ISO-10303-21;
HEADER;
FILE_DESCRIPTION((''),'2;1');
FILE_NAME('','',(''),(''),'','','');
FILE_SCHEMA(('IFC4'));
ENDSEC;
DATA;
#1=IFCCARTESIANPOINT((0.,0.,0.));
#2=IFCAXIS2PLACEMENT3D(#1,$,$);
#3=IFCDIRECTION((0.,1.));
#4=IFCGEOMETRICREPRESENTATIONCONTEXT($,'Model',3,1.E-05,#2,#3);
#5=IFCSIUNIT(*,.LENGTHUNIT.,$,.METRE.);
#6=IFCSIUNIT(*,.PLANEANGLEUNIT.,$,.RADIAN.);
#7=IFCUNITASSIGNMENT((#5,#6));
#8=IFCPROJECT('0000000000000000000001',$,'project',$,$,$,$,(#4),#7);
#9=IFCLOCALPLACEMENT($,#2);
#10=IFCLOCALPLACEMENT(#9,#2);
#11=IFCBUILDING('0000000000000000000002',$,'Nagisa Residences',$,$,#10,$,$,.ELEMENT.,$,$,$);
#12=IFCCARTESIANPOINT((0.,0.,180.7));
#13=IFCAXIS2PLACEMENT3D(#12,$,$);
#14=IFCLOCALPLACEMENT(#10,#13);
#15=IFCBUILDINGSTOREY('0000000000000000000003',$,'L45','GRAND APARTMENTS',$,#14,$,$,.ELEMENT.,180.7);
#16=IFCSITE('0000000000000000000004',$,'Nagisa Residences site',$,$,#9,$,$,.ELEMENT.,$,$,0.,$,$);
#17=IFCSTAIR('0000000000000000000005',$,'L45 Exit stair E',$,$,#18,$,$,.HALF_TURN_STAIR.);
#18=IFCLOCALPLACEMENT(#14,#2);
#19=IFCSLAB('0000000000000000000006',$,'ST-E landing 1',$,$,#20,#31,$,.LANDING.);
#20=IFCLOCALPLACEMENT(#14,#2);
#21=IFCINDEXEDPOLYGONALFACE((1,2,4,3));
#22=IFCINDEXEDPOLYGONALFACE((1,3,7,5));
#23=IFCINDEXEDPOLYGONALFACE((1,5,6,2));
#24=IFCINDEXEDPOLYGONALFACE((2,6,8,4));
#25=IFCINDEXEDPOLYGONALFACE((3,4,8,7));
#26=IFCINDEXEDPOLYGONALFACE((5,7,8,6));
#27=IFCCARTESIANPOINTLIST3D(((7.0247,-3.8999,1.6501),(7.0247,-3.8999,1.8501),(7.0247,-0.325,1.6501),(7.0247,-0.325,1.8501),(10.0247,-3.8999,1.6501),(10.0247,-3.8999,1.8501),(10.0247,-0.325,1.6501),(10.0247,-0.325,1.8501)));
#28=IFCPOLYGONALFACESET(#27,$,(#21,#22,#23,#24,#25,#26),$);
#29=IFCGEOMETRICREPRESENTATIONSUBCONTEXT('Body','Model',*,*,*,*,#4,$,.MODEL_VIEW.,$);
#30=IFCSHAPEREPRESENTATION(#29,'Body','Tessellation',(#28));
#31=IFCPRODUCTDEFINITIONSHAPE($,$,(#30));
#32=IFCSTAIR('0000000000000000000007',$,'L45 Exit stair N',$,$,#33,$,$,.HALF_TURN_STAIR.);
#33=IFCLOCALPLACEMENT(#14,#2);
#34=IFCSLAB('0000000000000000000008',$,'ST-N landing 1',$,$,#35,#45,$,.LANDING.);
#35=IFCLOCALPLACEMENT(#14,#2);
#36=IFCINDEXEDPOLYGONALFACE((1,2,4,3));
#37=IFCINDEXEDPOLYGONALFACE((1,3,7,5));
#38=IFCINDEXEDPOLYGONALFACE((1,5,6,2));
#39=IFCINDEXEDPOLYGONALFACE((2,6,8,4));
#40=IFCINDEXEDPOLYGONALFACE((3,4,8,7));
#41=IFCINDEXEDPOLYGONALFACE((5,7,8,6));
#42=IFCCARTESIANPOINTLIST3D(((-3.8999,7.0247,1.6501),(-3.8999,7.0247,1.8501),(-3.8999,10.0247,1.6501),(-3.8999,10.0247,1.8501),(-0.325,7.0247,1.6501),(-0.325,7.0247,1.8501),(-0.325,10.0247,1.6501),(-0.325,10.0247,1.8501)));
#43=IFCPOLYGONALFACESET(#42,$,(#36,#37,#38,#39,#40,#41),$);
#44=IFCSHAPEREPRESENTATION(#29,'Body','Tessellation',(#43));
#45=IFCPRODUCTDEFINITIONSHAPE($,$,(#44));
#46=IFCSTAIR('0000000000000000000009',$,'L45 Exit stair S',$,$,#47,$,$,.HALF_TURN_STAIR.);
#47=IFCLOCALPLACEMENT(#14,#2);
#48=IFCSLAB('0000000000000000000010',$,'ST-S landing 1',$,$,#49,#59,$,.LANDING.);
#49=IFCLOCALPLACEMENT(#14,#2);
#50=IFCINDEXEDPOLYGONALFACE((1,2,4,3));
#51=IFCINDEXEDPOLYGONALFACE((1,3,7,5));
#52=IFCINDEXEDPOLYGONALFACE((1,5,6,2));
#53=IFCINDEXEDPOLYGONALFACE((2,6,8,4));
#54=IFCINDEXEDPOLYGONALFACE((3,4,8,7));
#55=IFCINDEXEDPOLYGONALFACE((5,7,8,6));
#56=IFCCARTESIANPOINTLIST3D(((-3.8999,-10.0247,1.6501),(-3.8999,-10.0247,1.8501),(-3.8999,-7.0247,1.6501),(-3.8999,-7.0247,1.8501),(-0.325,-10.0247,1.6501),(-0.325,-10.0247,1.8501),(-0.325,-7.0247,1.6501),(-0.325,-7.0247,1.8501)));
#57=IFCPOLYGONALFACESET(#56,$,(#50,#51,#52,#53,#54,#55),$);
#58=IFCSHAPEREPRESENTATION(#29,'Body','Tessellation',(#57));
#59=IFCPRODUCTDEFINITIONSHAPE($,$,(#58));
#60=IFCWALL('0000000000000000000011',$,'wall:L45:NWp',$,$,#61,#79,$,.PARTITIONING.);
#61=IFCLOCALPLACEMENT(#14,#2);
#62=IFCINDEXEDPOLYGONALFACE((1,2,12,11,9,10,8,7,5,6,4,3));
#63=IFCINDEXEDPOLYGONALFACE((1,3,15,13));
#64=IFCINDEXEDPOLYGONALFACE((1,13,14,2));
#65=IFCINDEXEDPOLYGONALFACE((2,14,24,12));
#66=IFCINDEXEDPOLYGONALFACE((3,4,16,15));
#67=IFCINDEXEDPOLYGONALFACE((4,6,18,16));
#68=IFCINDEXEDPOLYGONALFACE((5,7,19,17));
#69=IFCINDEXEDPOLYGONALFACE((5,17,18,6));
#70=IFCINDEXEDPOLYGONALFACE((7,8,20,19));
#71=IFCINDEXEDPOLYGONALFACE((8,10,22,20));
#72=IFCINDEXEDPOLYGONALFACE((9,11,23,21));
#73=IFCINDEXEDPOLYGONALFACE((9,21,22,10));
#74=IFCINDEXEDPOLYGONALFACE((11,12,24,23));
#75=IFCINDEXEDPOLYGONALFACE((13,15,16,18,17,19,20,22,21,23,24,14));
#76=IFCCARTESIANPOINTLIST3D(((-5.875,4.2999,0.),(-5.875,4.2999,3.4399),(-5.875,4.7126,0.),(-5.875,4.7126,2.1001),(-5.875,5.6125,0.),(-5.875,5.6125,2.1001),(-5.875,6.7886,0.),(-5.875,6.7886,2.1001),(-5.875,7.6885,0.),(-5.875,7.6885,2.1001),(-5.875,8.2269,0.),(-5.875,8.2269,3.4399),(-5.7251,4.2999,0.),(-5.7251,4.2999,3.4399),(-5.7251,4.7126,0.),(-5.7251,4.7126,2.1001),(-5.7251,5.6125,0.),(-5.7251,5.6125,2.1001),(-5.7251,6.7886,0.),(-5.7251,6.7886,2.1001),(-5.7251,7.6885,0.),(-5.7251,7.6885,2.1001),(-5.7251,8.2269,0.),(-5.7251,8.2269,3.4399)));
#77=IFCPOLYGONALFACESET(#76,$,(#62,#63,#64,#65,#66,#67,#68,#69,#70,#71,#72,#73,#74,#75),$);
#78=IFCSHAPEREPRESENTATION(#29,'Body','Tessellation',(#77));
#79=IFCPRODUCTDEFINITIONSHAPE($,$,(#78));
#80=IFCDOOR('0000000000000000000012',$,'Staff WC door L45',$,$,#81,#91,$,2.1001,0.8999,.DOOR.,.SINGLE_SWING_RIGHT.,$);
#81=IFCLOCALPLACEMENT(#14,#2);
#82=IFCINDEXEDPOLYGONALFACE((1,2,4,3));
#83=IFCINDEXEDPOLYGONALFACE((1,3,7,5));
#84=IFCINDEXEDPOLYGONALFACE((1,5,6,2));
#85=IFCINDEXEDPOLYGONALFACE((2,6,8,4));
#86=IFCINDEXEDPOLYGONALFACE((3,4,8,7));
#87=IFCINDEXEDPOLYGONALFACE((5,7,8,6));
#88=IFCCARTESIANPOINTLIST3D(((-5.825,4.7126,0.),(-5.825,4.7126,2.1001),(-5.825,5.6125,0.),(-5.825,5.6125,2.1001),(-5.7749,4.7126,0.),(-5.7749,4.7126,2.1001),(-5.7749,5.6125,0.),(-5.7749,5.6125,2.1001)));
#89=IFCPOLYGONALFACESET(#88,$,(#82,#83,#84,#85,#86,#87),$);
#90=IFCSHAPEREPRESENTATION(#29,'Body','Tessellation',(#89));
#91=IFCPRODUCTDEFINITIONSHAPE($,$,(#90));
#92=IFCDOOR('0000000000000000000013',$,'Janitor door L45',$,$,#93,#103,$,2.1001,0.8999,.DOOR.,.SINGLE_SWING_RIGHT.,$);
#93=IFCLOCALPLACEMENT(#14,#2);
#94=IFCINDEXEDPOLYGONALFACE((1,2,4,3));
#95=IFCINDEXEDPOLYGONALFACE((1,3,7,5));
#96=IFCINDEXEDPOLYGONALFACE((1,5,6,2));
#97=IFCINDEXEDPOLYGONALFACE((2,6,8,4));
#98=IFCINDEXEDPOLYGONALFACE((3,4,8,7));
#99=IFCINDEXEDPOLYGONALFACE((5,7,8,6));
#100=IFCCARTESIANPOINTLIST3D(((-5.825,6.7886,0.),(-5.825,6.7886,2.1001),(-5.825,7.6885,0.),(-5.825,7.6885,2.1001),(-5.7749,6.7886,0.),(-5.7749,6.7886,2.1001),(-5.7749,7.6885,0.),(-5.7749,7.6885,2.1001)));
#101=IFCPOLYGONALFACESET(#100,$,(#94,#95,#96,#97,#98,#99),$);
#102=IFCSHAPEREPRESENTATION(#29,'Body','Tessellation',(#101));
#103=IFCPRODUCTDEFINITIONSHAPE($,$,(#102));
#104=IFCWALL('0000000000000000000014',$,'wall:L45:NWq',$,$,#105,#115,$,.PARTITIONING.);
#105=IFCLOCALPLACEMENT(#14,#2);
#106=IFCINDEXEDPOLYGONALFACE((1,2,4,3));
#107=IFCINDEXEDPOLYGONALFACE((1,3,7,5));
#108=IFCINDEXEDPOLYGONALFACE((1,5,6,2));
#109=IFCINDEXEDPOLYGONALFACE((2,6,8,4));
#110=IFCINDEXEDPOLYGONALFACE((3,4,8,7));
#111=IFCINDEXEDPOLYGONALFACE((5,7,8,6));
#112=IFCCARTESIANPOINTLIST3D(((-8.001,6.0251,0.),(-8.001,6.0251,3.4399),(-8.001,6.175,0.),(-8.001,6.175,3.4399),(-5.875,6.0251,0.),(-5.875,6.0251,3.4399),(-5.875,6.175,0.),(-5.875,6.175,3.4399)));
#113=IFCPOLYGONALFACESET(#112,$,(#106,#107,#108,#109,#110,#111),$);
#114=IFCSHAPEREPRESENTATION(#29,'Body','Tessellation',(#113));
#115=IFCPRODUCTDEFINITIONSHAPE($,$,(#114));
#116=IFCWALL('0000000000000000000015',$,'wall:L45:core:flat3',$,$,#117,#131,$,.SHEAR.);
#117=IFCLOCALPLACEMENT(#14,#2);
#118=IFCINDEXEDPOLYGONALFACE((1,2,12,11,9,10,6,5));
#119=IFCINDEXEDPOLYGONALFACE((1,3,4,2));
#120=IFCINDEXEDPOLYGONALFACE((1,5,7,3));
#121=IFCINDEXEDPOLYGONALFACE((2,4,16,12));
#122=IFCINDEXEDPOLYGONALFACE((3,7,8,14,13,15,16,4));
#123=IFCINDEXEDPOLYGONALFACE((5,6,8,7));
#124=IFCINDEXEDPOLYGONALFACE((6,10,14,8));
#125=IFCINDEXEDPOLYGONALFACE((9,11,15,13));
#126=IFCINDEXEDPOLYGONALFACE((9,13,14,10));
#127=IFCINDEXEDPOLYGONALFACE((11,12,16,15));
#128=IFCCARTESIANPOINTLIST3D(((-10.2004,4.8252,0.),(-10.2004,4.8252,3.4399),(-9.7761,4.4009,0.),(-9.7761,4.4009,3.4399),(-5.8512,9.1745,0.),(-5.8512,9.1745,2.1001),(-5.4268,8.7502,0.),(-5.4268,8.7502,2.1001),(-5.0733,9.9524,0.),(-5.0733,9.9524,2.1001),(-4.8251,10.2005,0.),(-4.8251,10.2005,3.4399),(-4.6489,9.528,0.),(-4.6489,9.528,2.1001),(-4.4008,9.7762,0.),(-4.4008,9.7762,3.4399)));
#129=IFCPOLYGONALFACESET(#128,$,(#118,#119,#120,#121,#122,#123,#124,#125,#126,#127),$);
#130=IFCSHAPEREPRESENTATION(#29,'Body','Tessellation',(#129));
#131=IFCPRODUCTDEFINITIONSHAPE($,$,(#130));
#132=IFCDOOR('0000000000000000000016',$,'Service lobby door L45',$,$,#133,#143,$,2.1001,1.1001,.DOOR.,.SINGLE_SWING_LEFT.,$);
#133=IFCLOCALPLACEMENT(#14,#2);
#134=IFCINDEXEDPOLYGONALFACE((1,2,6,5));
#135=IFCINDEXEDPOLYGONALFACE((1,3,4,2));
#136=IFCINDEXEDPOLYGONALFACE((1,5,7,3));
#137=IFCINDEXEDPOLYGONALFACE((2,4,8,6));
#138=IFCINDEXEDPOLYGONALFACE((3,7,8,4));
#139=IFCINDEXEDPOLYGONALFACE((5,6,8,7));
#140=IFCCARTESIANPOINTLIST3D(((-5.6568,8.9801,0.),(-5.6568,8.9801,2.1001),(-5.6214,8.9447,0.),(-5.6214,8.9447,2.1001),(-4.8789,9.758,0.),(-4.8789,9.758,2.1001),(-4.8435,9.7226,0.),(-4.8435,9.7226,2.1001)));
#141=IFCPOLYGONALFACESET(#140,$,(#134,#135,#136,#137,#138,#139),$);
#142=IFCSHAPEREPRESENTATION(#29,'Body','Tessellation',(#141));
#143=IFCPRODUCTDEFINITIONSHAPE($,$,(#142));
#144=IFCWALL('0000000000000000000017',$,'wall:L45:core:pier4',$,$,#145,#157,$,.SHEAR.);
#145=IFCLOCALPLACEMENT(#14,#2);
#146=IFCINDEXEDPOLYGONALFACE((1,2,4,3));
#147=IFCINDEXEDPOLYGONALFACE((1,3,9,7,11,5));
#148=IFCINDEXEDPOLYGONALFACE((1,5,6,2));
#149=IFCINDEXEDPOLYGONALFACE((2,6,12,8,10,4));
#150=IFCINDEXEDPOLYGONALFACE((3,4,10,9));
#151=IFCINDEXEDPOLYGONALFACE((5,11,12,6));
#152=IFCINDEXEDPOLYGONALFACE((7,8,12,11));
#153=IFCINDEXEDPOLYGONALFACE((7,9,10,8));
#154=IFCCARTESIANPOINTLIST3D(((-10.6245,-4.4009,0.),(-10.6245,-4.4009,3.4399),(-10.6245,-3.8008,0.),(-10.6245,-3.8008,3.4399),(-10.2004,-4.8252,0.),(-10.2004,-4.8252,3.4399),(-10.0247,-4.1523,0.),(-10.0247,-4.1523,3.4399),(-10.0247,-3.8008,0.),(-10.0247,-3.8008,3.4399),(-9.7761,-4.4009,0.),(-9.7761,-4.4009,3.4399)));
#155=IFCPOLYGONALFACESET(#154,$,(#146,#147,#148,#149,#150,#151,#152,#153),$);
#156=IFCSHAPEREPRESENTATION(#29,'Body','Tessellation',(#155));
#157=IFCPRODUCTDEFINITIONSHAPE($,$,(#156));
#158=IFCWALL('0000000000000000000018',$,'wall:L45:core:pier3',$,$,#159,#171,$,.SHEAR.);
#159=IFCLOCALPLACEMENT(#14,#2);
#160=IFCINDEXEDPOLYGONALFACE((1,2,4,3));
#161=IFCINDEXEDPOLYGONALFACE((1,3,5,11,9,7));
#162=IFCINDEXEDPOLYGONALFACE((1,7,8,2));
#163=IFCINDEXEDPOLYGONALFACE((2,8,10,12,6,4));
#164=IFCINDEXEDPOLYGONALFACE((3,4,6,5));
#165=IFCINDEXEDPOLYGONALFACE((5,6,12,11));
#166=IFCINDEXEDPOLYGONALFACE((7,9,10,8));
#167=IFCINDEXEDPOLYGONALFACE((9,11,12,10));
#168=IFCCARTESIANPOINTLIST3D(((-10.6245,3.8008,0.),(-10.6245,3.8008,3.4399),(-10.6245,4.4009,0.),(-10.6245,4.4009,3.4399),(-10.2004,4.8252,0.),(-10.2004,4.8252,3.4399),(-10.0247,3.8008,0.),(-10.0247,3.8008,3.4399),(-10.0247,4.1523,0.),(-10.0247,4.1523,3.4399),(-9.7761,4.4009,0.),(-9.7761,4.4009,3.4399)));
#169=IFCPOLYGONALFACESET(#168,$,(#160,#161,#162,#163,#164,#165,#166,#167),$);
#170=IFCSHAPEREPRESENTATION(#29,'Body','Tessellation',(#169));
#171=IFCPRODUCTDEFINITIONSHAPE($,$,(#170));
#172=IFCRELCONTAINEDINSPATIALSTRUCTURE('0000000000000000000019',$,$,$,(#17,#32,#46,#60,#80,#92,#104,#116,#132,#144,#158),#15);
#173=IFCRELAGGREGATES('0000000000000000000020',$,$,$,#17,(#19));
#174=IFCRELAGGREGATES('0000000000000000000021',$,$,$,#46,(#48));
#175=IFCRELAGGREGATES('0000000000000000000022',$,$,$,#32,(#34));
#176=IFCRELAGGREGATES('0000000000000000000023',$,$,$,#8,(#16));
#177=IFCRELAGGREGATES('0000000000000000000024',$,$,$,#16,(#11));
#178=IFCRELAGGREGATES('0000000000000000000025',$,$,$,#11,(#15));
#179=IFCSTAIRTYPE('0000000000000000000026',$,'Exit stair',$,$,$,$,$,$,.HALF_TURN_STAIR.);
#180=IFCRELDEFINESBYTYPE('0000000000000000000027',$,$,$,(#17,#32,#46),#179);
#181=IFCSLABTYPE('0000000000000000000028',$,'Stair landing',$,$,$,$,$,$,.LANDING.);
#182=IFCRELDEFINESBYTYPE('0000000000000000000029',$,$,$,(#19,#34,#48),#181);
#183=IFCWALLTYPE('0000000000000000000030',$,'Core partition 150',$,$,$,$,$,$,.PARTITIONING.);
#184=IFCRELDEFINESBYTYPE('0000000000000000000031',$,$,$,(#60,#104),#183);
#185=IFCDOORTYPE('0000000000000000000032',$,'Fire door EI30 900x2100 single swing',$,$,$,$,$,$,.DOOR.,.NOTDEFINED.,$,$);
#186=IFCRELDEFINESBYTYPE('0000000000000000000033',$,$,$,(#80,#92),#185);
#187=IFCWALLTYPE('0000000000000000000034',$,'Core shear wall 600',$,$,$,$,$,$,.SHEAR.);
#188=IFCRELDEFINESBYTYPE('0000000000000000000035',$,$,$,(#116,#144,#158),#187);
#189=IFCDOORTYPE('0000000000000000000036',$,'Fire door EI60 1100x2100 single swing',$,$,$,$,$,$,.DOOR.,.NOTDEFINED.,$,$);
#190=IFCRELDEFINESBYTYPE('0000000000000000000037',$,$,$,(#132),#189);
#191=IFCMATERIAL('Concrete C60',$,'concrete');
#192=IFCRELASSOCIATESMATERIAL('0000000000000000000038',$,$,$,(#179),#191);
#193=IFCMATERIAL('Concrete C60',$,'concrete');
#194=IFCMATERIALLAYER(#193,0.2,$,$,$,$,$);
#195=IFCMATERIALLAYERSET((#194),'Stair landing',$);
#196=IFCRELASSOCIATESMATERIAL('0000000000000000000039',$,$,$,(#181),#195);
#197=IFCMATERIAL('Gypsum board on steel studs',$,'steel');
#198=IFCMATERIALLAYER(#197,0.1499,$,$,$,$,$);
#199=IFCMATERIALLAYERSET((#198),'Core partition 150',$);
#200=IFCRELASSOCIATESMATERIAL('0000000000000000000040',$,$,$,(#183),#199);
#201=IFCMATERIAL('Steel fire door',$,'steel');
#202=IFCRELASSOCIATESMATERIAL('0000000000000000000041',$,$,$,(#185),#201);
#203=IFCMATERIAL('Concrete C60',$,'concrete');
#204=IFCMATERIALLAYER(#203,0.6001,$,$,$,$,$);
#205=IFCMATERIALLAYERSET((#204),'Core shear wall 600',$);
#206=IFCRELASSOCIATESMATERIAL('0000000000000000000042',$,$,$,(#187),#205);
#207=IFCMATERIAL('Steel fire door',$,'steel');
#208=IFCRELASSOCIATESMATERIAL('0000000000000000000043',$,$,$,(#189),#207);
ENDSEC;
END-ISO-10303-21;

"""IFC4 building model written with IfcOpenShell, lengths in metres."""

from ifc_helpers import new_model, si_unit, direction, frame, frame_2d, origin, place, context, subcontext, project, spatial, polyline, rectangle, outline, extrude, material, layer, layer_set, type_object, element, fill, aggregate, save


model = new_model("IFC4")

# Units and contexts
model_context = context("Model", 3, precision=1e-05, world=origin(), true_north=direction((0.0, 1.0)))
body_context = subcontext(model_context, "Body", "Model", "MODEL_VIEW")
ifc_project = project(units=[si_unit("LENGTHUNIT", "METRE"), si_unit("PLANEANGLEUNIT", "RADIAN")], contexts=[model_context])

# Site, building, storey
site_placement = place(None, origin())
site = spatial("IfcSite", under=ifc_project, at=site_placement, Name="Nagisa Residences site", CompositionType="ELEMENT", RefElevation=0.0)
building_placement = place(site_placement, origin())
building = spatial("IfcBuilding", under=site, at=building_placement, Name="Nagisa Residences", CompositionType="ELEMENT")
storey_placement = place(building_placement, frame((0.0, 0.0, 180.7)))
storey = spatial("IfcBuildingStorey", under=building, at=storey_placement, Name="L45", Description="GRAND APARTMENTS", CompositionType="ELEMENT", Elevation=180.7)

# Stairs, slabs
ifc_material_1 = material(Name="Concrete C60", Category="concrete")
stair_type = type_object("IfcStairType", Name="Exit stair", PredefinedType="HALF_TURN_STAIR", material=ifc_material_1)
stair_1_placement = place(storey_placement, origin())
stair_1 = element("IfcStair", 1, at=stair_1_placement, inside=storey, type_object=stair_type, Name="L45 Exit stair E", PredefinedType="HALF_TURN_STAIR")
ifc_material_2 = material(Name="Concrete C60", Category="concrete")
ifc_layer_1 = layer(ifc_material_2, 0.2)
ifc_layer_set_1 = layer_set([ifc_layer_1], Name="Stair landing")
slab_type = type_object("IfcSlabType", Name="Stair landing", PredefinedType="LANDING", material=ifc_layer_set_1)
slab_1_placement = place(storey_placement, frame((0.0, 0.0, 1.6501)))
slab_1 = element("IfcSlab", 2, at=slab_1_placement, type_object=slab_type, Name="ST-E landing 1", PredefinedType="LANDING", context=body_context, shape_type="SweptSolid", body=[
    extrude(outline(polyline([(7.0247, -0.325), (7.0247, -3.8999), (10.0247, -3.8999), (10.0247, -0.325), (7.0247, -0.325)])), origin(), (0.0, 0.0, 1.0), 0.2),
])
aggregate(stair_1, [slab_1])
stair_2_placement = place(storey_placement, origin())
stair_2 = element("IfcStair", 3, at=stair_2_placement, inside=storey, type_object=stair_type, Name="L45 Exit stair N", PredefinedType="HALF_TURN_STAIR")
slab_2_placement = place(storey_placement, frame((0.0, 0.0, 1.6501)))
slab_2 = element("IfcSlab", 4, at=slab_2_placement, type_object=slab_type, Name="ST-N landing 1", PredefinedType="LANDING", context=body_context, shape_type="SweptSolid", body=[
    extrude(outline(polyline([(-0.325, 10.0247), (-3.8999, 10.0247), (-3.8999, 7.0247), (-0.325, 7.0247), (-0.325, 10.0247)])), origin(), (0.0, 0.0, 1.0), 0.2),
])
stair_3_placement = place(storey_placement, origin())
stair_3 = element("IfcStair", 5, at=stair_3_placement, inside=storey, type_object=stair_type, Name="L45 Exit stair S", PredefinedType="HALF_TURN_STAIR")
slab_3_placement = place(storey_placement, frame((0.0, 0.0, 1.6501)))
slab_3 = element("IfcSlab", 6, at=slab_3_placement, type_object=slab_type, Name="ST-S landing 1", PredefinedType="LANDING", context=body_context, shape_type="SweptSolid", body=[
    extrude(outline(polyline([(-0.325, -7.0247), (-3.8999, -7.0247), (-3.8999, -10.0247), (-0.325, -10.0247), (-0.325, -7.0247)])), origin(), (0.0, 0.0, 1.0), 0.2),
])
aggregate(stair_3, [slab_3])

# Wall, openings, doors
ifc_material_3 = material(Name="Gypsum board on steel studs", Category="steel")
ifc_layer_2 = layer(ifc_material_3, 0.1499)
ifc_layer_set_2 = layer_set([ifc_layer_2], Name="Core partition 150")
wall_type_1 = type_object("IfcWallType", Name="Core partition 150", PredefinedType="PARTITIONING", material=ifc_layer_set_2)
wall_1_placement = place(storey_placement, frame((-5.8, 4.3, 0.0), z_axis=(0.0, 0.0, 1.0), x_axis=(0.0, 1.0, 0.0)))
wall_1 = element("IfcWall", 7, at=wall_1_placement, inside=storey, type_object=wall_type_1, Name="wall:L45:NWp", PredefinedType="PARTITIONING", context=body_context, shape_type="SweptSolid", body=[
    extrude(rectangle(XDim=3.927, YDim=0.1499, at=frame_2d((1.9634, 0.0))), origin(), (0.0, 0.0, 1.0), 3.4399),
])
opening_1_placement = place(wall_1_placement, frame((0.4126, 0.0, 0.0)))
opening_1 = element("IfcOpeningElement", 8, at=opening_1_placement, cuts=wall_1, PredefinedType="OPENING", context=body_context, shape_type="SweptSolid", body=[
    extrude(rectangle(XDim=0.8999, YDim=2.1001, at=frame_2d((0.45, 1.05))), frame((0.0, 0.085, 0.0), z_axis=(0.0, -1.0, 0.0), x_axis=(1.0, 0.0, 0.0)), (0.0, 0.0, 1.0), 0.1699),
])
opening_2_placement = place(wall_1_placement, frame((2.4885, 0.0, 0.0)))
opening_2 = element("IfcOpeningElement", 9, at=opening_2_placement, cuts=wall_1, PredefinedType="OPENING", context=body_context, shape_type="SweptSolid", body=[
    extrude(rectangle(XDim=0.8999, YDim=2.1001, at=frame_2d((0.45, 1.05))), frame((0.0, 0.085, 0.0), z_axis=(0.0, -1.0, 0.0), x_axis=(1.0, 0.0, 0.0)), (0.0, 0.0, 1.0), 0.1699),
])
ifc_material_4 = material(Name="Steel fire door", Category="steel")
door_type_1 = type_object("IfcDoorType", Name="Fire door EI30 900x2100 single swing", OperationType="NOTDEFINED", PredefinedType="DOOR", material=ifc_material_4)
door_1_placement = place(opening_1_placement, origin())
door_1 = element("IfcDoor", 10, at=door_1_placement, inside=storey, type_object=door_type_1, Name="Staff WC door L45", OperationType="SINGLE_SWING_RIGHT", OverallHeight=2.1001, OverallWidth=0.8999, PredefinedType="DOOR", context=body_context, shape_type="SweptSolid", body=[
    extrude(rectangle(XDim=0.8999, YDim=2.1001, at=frame_2d((0.45, 1.05))), frame((0.0, 0.0249, 0.0), z_axis=(0.0, -1.0, 0.0), x_axis=(1.0, 0.0, 0.0)), (0.0, 0.0, 1.0), 0.05),
])
fill(opening_1, door_1)
door_2_placement = place(opening_2_placement, origin())
door_2 = element("IfcDoor", 11, at=door_2_placement, inside=storey, type_object=door_type_1, Name="Janitor door L45", OperationType="SINGLE_SWING_RIGHT", OverallHeight=2.1001, OverallWidth=0.8999, PredefinedType="DOOR", context=body_context, shape_type="SweptSolid", body=[
    extrude(rectangle(XDim=0.8999, YDim=2.1001, at=frame_2d((0.45, 1.05))), frame((0.0, 0.0249, 0.0), z_axis=(0.0, -1.0, 0.0), x_axis=(1.0, 0.0, 0.0)), (0.0, 0.0, 1.0), 0.05),
])
fill(opening_2, door_2)

# Wall
wall_2_placement = place(storey_placement, frame((-8.001, 6.1001, 0.0), z_axis=(0.0, 0.0, 1.0), x_axis=(1.0, 0.0, 0.0)))
element("IfcWall", 12, at=wall_2_placement, inside=storey, type_object=wall_type_1, Name="wall:L45:NWq", PredefinedType="PARTITIONING", context=body_context, shape_type="SweptSolid", body=[
    extrude(rectangle(XDim=2.126, YDim=0.1499, at=frame_2d((1.063, 0.0))), origin(), (0.0, 0.0, 1.0), 3.4399),
])

# Wall, opening, door
ifc_material_5 = material(Name="Concrete C60", Category="concrete")
ifc_layer_3 = layer(ifc_material_5, 0.6001)
ifc_layer_set_3 = layer_set([ifc_layer_3], Name="Core shear wall 600")
wall_type_2 = type_object("IfcWallType", Name="Core shear wall 600", PredefinedType="SHEAR", material=ifc_layer_set_3)
wall_3_placement = place(storey_placement, frame((-4.613, 9.9883, 0.0), z_axis=(0.0, 0.0, 1.0), x_axis=(-0.707107, -0.707107, 0.0)))
wall_3 = element("IfcWall", 13, at=wall_3_placement, inside=storey, type_object=wall_type_2, Name="wall:L45:core:flat3", PredefinedType="SHEAR", context=body_context, shape_type="SweptSolid", body=[
    extrude(rectangle(XDim=7.6018, YDim=0.6001, at=frame_2d((3.8008, 0.0))), origin(), (0.0, 0.0, 1.0), 3.4399),
])
opening_3_placement = place(wall_3_placement, frame((0.3508, 0.0, 0.0)))
opening_3 = element("IfcOpeningElement", 14, at=opening_3_placement, cuts=wall_3, PredefinedType="OPENING", context=body_context, shape_type="SweptSolid", body=[
    extrude(rectangle(XDim=1.1001, YDim=2.1001, at=frame_2d((0.55, 1.05))), frame((0.0, 0.3101, 0.0), z_axis=(0.0, -1.0, 0.0), x_axis=(1.0, 0.0, 0.0)), (0.0, 0.0, 1.0), 0.6201),
])
ifc_material_6 = material(Name="Steel fire door", Category="steel")
door_type_2 = type_object("IfcDoorType", Name="Fire door EI60 1100x2100 single swing", OperationType="NOTDEFINED", PredefinedType="DOOR", material=ifc_material_6)
door_3_placement = place(opening_3_placement, origin())
door_3 = element("IfcDoor", 15, at=door_3_placement, inside=storey, type_object=door_type_2, Name="Service lobby door L45", OperationType="SINGLE_SWING_LEFT", OverallHeight=2.1001, OverallWidth=1.1001, PredefinedType="DOOR", context=body_context, shape_type="SweptSolid", body=[
    extrude(rectangle(XDim=1.1001, YDim=2.1001, at=frame_2d((0.55, 1.05))), frame((0.0, 0.0249, 0.0), z_axis=(0.0, -1.0, 0.0), x_axis=(1.0, 0.0, 0.0)), (0.0, 0.0, 1.0), 0.05),
])
fill(opening_3, door_3)

# Walls
wall_4_placement = place(storey_placement, origin())
element("IfcWall", 16, at=wall_4_placement, inside=storey, type_object=wall_type_2, Name="wall:L45:core:pier4", PredefinedType="SHEAR", context=body_context, shape_type="SweptSolid", body=[
    extrude(outline(polyline([(-10.6245, -3.8008), (-10.0247, -3.8008), (-10.0247, -4.1523), (-9.7761, -4.4009), (-10.2004, -4.8252), (-10.6245, -4.4009), (-10.6245, -3.8008)])), origin(), (0.0, 0.0, 1.0), 3.4399),
])
wall_5_placement = place(storey_placement, origin())
element("IfcWall", 17, at=wall_5_placement, inside=storey, type_object=wall_type_2, Name="wall:L45:core:pier3", PredefinedType="SHEAR", context=body_context, shape_type="SweptSolid", body=[
    extrude(outline(polyline([(-10.2004, 4.8252), (-9.7761, 4.4009), (-10.0247, 4.1523), (-10.0247, 3.8008), (-10.6245, 3.8008), (-10.6245, 4.4009), (-10.2004, 4.8252)])), origin(), (0.0, 0.0, 1.0), 3.4399),
])

aggregate(stair_2, [slab_2])

save(model, "model.ifc")
